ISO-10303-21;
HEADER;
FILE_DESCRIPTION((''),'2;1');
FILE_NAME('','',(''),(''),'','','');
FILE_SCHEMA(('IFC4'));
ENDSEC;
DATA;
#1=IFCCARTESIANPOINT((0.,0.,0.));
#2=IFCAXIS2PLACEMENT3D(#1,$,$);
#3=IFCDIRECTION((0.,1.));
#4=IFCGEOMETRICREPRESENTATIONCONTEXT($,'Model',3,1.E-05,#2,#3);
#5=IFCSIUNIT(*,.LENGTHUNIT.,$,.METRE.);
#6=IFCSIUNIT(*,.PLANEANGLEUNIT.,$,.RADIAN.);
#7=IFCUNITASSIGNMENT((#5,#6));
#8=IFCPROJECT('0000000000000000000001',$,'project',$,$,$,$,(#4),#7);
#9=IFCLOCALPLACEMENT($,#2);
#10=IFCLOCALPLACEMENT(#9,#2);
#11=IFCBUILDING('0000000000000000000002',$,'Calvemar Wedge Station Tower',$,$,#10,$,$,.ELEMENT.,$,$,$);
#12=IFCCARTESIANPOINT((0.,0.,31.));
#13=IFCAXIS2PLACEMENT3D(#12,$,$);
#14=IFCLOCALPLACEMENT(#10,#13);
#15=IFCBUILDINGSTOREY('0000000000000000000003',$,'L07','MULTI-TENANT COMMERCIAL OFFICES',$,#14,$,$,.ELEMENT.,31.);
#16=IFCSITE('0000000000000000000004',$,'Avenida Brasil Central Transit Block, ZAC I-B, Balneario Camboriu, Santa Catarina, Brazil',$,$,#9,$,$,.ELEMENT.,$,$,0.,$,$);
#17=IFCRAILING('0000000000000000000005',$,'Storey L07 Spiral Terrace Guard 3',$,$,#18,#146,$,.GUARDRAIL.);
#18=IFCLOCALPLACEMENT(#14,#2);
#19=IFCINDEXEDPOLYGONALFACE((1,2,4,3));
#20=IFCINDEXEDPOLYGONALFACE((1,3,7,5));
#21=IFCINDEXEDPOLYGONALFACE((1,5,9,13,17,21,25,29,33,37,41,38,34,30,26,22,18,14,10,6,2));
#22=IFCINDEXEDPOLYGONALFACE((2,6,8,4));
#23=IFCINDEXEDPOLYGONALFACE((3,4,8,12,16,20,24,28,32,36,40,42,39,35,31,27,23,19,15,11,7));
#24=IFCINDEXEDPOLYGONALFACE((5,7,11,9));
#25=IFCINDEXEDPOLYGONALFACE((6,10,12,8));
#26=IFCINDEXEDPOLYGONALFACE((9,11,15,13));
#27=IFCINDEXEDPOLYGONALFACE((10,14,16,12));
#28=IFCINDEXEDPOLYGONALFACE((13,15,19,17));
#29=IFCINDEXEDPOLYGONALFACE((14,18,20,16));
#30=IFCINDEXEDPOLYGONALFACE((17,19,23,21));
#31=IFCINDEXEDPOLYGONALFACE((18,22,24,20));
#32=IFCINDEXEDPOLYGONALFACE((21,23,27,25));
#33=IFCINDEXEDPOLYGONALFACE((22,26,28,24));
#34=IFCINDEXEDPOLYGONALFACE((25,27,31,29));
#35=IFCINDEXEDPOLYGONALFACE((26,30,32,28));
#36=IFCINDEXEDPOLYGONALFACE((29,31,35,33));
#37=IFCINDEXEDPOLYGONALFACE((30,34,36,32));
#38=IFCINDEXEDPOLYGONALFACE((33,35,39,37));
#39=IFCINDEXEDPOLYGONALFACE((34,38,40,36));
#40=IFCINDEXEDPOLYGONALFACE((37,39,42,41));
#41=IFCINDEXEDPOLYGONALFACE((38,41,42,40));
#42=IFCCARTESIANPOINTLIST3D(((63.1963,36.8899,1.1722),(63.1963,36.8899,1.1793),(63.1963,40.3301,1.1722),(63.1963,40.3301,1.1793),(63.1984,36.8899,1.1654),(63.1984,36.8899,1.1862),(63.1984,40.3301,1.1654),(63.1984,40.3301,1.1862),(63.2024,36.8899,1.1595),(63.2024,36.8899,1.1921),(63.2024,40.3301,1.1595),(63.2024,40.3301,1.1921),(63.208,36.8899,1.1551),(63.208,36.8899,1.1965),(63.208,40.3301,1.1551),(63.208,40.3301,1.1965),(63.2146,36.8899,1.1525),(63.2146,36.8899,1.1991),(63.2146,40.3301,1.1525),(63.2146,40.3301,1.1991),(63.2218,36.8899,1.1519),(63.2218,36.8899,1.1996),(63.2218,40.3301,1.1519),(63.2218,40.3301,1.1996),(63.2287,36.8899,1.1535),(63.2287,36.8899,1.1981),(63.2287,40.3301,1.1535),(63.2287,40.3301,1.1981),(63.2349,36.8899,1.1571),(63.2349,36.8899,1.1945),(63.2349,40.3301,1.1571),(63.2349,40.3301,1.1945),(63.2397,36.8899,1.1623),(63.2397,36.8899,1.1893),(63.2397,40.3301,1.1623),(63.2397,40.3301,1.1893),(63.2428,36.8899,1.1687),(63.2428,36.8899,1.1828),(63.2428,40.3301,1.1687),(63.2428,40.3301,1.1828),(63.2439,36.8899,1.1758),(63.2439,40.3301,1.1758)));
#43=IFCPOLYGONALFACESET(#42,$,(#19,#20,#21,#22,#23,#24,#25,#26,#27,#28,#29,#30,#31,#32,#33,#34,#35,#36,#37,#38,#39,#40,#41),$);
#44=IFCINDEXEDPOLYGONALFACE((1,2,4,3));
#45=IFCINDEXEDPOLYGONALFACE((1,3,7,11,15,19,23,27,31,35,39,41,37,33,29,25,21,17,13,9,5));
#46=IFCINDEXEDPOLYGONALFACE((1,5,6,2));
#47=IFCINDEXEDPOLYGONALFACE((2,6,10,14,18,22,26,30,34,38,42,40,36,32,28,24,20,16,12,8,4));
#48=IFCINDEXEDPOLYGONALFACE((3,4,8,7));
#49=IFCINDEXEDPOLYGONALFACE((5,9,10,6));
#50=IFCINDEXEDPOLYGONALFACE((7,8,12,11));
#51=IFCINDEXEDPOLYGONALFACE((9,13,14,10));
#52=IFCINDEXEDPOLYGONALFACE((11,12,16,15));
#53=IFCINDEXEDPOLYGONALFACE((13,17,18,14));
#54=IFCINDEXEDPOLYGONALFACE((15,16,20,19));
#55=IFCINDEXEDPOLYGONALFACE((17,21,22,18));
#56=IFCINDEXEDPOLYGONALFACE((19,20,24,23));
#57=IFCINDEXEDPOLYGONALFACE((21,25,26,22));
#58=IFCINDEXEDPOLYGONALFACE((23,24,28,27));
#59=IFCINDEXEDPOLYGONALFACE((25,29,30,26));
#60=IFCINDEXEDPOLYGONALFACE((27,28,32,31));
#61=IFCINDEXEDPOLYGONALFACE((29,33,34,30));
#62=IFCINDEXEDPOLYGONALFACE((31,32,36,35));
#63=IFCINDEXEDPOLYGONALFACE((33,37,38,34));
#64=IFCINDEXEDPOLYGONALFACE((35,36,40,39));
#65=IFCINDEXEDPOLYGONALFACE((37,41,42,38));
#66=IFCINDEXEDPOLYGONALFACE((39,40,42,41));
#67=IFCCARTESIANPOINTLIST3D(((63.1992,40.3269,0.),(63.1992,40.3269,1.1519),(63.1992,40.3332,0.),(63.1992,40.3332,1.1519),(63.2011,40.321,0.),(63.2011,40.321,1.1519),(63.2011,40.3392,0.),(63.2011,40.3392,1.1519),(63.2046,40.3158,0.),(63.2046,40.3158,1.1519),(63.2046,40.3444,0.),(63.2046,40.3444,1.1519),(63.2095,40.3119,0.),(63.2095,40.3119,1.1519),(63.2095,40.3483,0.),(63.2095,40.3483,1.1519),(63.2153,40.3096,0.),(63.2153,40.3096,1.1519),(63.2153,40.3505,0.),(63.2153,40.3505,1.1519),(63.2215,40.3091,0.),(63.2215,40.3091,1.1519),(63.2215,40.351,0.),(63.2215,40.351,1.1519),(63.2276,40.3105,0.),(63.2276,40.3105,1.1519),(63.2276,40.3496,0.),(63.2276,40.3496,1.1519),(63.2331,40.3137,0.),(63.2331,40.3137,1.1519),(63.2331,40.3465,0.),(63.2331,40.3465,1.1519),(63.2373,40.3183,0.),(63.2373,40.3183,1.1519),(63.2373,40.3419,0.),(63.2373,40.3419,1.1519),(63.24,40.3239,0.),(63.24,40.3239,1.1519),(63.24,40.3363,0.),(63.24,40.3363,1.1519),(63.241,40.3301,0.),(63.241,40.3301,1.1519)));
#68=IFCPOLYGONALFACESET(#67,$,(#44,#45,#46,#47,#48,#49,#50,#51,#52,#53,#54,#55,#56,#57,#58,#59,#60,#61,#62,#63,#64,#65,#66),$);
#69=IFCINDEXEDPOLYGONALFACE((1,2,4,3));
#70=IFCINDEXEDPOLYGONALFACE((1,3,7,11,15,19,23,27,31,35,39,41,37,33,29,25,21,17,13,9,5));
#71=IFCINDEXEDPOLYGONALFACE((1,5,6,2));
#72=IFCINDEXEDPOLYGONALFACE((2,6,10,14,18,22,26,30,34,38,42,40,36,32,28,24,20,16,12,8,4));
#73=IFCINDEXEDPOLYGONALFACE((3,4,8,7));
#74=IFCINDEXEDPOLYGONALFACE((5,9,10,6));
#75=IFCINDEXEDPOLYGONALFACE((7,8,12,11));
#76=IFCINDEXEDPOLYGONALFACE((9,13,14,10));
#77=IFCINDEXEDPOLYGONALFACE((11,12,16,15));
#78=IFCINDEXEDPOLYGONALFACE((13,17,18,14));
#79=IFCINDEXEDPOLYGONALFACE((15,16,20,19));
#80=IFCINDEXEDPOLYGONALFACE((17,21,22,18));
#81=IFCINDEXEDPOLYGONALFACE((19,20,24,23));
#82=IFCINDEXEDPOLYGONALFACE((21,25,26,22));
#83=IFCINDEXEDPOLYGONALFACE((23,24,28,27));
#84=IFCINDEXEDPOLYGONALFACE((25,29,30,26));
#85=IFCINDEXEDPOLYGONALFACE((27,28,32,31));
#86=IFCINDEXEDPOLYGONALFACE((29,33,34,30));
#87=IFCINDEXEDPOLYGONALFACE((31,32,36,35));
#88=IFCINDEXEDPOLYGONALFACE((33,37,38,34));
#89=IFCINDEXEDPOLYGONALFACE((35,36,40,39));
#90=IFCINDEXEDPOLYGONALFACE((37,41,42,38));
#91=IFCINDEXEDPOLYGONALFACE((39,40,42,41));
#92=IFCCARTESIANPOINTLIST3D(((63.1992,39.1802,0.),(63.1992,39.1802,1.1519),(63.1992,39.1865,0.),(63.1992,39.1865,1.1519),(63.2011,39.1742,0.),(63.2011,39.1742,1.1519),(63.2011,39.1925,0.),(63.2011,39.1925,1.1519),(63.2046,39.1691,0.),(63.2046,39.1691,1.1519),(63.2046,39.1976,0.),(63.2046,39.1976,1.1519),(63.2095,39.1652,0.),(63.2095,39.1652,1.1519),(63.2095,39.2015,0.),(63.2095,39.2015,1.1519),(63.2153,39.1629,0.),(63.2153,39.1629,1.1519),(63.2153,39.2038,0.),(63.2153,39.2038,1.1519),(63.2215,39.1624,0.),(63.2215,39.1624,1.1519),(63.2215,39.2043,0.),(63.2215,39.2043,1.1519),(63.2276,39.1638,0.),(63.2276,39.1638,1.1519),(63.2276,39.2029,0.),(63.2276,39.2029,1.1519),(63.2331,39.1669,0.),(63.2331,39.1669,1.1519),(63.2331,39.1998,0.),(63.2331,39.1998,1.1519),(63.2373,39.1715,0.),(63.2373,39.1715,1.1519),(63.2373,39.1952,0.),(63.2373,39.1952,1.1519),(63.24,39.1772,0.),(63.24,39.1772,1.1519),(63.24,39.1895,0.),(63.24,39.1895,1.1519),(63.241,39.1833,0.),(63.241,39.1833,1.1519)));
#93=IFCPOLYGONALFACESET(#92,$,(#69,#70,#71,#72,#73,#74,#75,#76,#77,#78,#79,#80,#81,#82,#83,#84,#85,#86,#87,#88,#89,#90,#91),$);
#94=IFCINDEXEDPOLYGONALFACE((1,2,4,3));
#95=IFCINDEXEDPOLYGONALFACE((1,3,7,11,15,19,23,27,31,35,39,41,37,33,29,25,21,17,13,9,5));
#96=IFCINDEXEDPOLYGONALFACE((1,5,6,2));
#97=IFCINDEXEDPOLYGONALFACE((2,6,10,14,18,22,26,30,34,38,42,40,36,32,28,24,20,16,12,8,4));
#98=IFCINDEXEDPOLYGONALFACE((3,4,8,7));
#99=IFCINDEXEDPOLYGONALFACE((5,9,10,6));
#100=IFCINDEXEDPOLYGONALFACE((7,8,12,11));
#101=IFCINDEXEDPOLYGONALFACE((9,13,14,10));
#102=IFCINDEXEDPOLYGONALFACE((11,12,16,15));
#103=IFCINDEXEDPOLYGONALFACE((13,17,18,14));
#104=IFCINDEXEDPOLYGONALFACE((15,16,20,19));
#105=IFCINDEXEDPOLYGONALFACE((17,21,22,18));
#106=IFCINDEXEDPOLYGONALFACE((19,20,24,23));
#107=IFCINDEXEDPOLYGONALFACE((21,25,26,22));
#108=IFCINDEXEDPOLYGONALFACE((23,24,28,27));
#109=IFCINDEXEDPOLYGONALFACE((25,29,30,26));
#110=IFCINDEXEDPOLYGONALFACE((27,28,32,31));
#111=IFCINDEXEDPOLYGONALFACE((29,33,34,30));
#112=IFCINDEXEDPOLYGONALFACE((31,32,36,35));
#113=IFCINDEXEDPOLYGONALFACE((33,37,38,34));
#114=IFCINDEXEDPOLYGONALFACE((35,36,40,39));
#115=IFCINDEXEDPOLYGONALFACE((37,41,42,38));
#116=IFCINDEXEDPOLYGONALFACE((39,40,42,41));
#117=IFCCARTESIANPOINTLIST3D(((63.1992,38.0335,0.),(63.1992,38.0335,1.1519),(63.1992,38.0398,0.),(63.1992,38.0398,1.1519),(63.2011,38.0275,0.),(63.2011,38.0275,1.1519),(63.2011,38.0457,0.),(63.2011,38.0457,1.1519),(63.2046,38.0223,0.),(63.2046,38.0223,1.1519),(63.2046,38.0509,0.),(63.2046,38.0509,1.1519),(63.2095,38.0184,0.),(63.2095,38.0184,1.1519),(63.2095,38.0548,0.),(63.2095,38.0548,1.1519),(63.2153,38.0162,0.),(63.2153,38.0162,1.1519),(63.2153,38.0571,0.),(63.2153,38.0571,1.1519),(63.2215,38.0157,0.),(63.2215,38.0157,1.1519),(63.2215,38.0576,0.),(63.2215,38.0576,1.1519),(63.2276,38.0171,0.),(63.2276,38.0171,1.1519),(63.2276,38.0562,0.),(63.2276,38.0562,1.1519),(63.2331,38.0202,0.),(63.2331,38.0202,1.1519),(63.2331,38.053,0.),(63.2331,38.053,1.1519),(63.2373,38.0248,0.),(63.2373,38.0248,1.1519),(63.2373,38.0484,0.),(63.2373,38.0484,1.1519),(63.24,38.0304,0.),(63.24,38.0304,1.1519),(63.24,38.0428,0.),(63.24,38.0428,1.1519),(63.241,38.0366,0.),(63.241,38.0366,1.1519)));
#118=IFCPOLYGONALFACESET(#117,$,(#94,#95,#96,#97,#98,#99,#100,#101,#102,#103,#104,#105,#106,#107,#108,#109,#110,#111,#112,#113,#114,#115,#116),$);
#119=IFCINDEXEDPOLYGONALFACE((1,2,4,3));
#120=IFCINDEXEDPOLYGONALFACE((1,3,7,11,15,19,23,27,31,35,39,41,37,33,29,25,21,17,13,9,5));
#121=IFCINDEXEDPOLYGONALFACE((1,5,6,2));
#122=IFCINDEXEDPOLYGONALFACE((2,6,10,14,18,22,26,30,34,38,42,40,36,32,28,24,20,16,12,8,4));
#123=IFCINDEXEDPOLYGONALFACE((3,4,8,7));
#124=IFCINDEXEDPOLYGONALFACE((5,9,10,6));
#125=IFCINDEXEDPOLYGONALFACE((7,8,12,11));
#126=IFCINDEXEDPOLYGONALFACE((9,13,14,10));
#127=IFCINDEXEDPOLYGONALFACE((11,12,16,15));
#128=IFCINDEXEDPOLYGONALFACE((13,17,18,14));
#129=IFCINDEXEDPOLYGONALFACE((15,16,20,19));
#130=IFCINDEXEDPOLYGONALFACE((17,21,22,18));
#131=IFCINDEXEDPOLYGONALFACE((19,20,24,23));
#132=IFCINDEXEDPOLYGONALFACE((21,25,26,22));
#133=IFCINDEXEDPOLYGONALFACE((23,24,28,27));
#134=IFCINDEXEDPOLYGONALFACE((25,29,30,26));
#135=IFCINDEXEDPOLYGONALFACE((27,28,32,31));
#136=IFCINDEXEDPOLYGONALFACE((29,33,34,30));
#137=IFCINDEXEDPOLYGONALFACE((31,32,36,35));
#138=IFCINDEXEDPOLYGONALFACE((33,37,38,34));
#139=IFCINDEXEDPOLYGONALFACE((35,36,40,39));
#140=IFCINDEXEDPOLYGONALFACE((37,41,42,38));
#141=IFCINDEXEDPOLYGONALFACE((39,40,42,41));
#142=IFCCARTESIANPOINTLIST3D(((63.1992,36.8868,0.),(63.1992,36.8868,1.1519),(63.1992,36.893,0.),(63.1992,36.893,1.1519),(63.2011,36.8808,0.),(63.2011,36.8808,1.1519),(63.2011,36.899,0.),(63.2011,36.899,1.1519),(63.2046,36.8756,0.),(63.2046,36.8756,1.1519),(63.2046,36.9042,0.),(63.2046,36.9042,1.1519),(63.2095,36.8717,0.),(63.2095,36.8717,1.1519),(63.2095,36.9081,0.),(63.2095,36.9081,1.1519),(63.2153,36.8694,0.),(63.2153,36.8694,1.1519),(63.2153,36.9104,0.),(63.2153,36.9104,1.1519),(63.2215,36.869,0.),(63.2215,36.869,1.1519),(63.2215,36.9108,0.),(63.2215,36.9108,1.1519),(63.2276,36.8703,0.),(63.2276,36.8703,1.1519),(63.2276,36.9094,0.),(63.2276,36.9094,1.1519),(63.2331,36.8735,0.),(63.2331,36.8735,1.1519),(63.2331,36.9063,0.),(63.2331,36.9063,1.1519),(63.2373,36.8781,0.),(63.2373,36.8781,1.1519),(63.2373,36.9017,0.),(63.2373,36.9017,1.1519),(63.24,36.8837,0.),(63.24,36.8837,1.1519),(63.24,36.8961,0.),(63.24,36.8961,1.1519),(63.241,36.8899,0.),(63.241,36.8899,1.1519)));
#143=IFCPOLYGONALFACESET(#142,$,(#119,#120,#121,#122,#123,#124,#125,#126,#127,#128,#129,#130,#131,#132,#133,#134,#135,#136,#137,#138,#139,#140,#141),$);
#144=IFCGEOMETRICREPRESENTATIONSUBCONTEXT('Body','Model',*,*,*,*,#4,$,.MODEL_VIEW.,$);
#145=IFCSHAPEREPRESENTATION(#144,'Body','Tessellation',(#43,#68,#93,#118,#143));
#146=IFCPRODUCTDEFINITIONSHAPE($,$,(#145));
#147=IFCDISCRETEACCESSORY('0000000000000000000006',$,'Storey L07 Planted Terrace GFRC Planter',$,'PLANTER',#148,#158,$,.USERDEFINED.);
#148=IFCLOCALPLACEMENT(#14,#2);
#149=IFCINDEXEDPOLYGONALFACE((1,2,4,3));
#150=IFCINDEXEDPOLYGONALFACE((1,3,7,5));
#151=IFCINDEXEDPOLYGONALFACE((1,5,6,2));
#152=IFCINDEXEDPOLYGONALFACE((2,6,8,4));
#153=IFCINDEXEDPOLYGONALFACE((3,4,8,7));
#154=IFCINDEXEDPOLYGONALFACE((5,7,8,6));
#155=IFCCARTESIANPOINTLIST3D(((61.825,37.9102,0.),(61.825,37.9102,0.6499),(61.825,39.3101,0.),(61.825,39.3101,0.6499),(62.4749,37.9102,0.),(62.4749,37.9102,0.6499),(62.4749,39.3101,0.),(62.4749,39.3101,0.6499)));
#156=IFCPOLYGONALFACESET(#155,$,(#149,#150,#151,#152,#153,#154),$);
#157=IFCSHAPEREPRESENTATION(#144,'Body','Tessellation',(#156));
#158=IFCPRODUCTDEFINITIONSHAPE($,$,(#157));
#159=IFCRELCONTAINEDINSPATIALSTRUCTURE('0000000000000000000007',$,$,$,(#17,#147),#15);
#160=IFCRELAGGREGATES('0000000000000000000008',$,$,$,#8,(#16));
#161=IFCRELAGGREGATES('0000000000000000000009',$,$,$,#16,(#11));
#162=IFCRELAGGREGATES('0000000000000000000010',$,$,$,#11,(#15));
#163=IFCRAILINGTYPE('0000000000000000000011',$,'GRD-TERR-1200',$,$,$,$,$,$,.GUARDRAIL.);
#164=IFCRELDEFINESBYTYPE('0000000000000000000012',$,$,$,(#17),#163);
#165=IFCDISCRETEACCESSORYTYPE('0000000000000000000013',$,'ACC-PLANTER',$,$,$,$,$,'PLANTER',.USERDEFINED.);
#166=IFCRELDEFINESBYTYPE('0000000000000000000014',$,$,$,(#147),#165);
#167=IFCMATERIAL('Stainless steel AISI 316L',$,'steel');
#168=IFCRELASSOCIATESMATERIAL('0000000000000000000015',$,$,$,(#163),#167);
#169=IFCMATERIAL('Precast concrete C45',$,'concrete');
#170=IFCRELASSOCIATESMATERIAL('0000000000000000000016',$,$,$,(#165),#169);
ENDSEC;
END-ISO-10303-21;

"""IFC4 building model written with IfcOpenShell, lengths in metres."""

from ifc_helpers import new_model, si_unit, direction, frame, origin, origin_2d, place, context, subcontext, project, spatial, rectangle, circle, extrude, source, transform, mapped, material, type_object, element, save


model = new_model("IFC4")

# Units and contexts
model_context = context("Model", 3, precision=1e-05, world=origin(), true_north=direction((0.0, 1.0)))
body_context = subcontext(model_context, "Body", "Model", "MODEL_VIEW")
ifc_project = project(units=[si_unit("LENGTHUNIT", "METRE"), si_unit("PLANEANGLEUNIT", "RADIAN")], contexts=[model_context])

# Site, building, storey
site_placement = place(None, origin())
site = spatial("IfcSite", under=ifc_project, at=site_placement, Name="Avenida Brasil Central Transit Block, ZAC I-B, Balneario Camboriu, Santa Catarina, Brazil", CompositionType="ELEMENT", RefElevation=0.0)
building_placement = place(site_placement, origin())
building = spatial("IfcBuilding", under=site, at=building_placement, Name="Calvemar Wedge Station Tower", CompositionType="ELEMENT")
storey_placement = place(building_placement, frame((0.0, 0.0, 31.0)))
storey = spatial("IfcBuildingStorey", under=building, at=storey_placement, Name="L07", Description="MULTI-TENANT COMMERCIAL OFFICES", CompositionType="ELEMENT", Elevation=31.0)

# Shared definitions
ifc_material_1 = material(Name="Precast concrete C45", Category="concrete")

# Railing
ifc_material_2 = material(Name="Stainless steel AISI 316L", Category="steel")
railing_type = type_object("IfcRailingType", Name="GRD-TERR-1200", PredefinedType="GUARDRAIL", material=ifc_material_2)
railing_1_placement = place(storey_placement, frame((63.22, 40.3301, 0.0)))
element("IfcRailing", 1, at=railing_1_placement, inside=storey, type_object=railing_type, Name="Storey L07 Spiral Terrace Guard 3", PredefinedType="GUARDRAIL", context=body_context, shape_type="SweptSolid", body=[
    extrude(circle(Radius=0.0239, at=origin_2d()), frame((0.0, 0.0, 1.1758), z_axis=(0.0, -1.0, 0.0), x_axis=(1.0, 0.0, 0.0)), (0.0, 0.0, 1.0), 3.4402),
    extrude(circle(Radius=0.021, at=origin_2d()), origin(), (0.0, 0.0, 1.0), 1.1519),
    extrude(circle(Radius=0.021, at=origin_2d()), frame((0.0, -1.1467, 0.0)), (0.0, 0.0, 1.0), 1.1519),
    extrude(circle(Radius=0.021, at=origin_2d()), frame((0.0, -2.2935, 0.0)), (0.0, 0.0, 1.0), 1.1519),
    extrude(circle(Radius=0.021, at=origin_2d()), frame((0.0, -3.4402, 0.0)), (0.0, 0.0, 1.0), 1.1519),
])

# Discrete accessory
discrete_accessory_type = type_object("IfcDiscreteAccessoryType", Name="ACC-PLANTER", ElementType="PLANTER", PredefinedType="USERDEFINED", material=ifc_material_1)
shared_shape_1 = source(origin(), body_context, "Body", "SweptSolid", [
    extrude(rectangle(XDim=0.6499, YDim=1.3999, at=origin_2d()), origin(), (0.0, 0.0, 1.0), 0.6499),
])
discrete_accessory_placement = place(storey_placement, frame((62.1499, 38.6101, 0.0), z_axis=(0.0, 0.0, 1.0), x_axis=(1.0, 0.0, 0.0)))
element("IfcDiscreteAccessory", 2, at=discrete_accessory_placement, inside=storey, type_object=discrete_accessory_type, Name="Storey L07 Planted Terrace GFRC Planter", ObjectType="PLANTER", PredefinedType="USERDEFINED", context=body_context, shape_type="MappedRepresentation", body=[
    mapped(shared_shape_1, transform((0.0, 0.0, 0.0), scale=1.0)),
])

save(model, "model.ifc")
